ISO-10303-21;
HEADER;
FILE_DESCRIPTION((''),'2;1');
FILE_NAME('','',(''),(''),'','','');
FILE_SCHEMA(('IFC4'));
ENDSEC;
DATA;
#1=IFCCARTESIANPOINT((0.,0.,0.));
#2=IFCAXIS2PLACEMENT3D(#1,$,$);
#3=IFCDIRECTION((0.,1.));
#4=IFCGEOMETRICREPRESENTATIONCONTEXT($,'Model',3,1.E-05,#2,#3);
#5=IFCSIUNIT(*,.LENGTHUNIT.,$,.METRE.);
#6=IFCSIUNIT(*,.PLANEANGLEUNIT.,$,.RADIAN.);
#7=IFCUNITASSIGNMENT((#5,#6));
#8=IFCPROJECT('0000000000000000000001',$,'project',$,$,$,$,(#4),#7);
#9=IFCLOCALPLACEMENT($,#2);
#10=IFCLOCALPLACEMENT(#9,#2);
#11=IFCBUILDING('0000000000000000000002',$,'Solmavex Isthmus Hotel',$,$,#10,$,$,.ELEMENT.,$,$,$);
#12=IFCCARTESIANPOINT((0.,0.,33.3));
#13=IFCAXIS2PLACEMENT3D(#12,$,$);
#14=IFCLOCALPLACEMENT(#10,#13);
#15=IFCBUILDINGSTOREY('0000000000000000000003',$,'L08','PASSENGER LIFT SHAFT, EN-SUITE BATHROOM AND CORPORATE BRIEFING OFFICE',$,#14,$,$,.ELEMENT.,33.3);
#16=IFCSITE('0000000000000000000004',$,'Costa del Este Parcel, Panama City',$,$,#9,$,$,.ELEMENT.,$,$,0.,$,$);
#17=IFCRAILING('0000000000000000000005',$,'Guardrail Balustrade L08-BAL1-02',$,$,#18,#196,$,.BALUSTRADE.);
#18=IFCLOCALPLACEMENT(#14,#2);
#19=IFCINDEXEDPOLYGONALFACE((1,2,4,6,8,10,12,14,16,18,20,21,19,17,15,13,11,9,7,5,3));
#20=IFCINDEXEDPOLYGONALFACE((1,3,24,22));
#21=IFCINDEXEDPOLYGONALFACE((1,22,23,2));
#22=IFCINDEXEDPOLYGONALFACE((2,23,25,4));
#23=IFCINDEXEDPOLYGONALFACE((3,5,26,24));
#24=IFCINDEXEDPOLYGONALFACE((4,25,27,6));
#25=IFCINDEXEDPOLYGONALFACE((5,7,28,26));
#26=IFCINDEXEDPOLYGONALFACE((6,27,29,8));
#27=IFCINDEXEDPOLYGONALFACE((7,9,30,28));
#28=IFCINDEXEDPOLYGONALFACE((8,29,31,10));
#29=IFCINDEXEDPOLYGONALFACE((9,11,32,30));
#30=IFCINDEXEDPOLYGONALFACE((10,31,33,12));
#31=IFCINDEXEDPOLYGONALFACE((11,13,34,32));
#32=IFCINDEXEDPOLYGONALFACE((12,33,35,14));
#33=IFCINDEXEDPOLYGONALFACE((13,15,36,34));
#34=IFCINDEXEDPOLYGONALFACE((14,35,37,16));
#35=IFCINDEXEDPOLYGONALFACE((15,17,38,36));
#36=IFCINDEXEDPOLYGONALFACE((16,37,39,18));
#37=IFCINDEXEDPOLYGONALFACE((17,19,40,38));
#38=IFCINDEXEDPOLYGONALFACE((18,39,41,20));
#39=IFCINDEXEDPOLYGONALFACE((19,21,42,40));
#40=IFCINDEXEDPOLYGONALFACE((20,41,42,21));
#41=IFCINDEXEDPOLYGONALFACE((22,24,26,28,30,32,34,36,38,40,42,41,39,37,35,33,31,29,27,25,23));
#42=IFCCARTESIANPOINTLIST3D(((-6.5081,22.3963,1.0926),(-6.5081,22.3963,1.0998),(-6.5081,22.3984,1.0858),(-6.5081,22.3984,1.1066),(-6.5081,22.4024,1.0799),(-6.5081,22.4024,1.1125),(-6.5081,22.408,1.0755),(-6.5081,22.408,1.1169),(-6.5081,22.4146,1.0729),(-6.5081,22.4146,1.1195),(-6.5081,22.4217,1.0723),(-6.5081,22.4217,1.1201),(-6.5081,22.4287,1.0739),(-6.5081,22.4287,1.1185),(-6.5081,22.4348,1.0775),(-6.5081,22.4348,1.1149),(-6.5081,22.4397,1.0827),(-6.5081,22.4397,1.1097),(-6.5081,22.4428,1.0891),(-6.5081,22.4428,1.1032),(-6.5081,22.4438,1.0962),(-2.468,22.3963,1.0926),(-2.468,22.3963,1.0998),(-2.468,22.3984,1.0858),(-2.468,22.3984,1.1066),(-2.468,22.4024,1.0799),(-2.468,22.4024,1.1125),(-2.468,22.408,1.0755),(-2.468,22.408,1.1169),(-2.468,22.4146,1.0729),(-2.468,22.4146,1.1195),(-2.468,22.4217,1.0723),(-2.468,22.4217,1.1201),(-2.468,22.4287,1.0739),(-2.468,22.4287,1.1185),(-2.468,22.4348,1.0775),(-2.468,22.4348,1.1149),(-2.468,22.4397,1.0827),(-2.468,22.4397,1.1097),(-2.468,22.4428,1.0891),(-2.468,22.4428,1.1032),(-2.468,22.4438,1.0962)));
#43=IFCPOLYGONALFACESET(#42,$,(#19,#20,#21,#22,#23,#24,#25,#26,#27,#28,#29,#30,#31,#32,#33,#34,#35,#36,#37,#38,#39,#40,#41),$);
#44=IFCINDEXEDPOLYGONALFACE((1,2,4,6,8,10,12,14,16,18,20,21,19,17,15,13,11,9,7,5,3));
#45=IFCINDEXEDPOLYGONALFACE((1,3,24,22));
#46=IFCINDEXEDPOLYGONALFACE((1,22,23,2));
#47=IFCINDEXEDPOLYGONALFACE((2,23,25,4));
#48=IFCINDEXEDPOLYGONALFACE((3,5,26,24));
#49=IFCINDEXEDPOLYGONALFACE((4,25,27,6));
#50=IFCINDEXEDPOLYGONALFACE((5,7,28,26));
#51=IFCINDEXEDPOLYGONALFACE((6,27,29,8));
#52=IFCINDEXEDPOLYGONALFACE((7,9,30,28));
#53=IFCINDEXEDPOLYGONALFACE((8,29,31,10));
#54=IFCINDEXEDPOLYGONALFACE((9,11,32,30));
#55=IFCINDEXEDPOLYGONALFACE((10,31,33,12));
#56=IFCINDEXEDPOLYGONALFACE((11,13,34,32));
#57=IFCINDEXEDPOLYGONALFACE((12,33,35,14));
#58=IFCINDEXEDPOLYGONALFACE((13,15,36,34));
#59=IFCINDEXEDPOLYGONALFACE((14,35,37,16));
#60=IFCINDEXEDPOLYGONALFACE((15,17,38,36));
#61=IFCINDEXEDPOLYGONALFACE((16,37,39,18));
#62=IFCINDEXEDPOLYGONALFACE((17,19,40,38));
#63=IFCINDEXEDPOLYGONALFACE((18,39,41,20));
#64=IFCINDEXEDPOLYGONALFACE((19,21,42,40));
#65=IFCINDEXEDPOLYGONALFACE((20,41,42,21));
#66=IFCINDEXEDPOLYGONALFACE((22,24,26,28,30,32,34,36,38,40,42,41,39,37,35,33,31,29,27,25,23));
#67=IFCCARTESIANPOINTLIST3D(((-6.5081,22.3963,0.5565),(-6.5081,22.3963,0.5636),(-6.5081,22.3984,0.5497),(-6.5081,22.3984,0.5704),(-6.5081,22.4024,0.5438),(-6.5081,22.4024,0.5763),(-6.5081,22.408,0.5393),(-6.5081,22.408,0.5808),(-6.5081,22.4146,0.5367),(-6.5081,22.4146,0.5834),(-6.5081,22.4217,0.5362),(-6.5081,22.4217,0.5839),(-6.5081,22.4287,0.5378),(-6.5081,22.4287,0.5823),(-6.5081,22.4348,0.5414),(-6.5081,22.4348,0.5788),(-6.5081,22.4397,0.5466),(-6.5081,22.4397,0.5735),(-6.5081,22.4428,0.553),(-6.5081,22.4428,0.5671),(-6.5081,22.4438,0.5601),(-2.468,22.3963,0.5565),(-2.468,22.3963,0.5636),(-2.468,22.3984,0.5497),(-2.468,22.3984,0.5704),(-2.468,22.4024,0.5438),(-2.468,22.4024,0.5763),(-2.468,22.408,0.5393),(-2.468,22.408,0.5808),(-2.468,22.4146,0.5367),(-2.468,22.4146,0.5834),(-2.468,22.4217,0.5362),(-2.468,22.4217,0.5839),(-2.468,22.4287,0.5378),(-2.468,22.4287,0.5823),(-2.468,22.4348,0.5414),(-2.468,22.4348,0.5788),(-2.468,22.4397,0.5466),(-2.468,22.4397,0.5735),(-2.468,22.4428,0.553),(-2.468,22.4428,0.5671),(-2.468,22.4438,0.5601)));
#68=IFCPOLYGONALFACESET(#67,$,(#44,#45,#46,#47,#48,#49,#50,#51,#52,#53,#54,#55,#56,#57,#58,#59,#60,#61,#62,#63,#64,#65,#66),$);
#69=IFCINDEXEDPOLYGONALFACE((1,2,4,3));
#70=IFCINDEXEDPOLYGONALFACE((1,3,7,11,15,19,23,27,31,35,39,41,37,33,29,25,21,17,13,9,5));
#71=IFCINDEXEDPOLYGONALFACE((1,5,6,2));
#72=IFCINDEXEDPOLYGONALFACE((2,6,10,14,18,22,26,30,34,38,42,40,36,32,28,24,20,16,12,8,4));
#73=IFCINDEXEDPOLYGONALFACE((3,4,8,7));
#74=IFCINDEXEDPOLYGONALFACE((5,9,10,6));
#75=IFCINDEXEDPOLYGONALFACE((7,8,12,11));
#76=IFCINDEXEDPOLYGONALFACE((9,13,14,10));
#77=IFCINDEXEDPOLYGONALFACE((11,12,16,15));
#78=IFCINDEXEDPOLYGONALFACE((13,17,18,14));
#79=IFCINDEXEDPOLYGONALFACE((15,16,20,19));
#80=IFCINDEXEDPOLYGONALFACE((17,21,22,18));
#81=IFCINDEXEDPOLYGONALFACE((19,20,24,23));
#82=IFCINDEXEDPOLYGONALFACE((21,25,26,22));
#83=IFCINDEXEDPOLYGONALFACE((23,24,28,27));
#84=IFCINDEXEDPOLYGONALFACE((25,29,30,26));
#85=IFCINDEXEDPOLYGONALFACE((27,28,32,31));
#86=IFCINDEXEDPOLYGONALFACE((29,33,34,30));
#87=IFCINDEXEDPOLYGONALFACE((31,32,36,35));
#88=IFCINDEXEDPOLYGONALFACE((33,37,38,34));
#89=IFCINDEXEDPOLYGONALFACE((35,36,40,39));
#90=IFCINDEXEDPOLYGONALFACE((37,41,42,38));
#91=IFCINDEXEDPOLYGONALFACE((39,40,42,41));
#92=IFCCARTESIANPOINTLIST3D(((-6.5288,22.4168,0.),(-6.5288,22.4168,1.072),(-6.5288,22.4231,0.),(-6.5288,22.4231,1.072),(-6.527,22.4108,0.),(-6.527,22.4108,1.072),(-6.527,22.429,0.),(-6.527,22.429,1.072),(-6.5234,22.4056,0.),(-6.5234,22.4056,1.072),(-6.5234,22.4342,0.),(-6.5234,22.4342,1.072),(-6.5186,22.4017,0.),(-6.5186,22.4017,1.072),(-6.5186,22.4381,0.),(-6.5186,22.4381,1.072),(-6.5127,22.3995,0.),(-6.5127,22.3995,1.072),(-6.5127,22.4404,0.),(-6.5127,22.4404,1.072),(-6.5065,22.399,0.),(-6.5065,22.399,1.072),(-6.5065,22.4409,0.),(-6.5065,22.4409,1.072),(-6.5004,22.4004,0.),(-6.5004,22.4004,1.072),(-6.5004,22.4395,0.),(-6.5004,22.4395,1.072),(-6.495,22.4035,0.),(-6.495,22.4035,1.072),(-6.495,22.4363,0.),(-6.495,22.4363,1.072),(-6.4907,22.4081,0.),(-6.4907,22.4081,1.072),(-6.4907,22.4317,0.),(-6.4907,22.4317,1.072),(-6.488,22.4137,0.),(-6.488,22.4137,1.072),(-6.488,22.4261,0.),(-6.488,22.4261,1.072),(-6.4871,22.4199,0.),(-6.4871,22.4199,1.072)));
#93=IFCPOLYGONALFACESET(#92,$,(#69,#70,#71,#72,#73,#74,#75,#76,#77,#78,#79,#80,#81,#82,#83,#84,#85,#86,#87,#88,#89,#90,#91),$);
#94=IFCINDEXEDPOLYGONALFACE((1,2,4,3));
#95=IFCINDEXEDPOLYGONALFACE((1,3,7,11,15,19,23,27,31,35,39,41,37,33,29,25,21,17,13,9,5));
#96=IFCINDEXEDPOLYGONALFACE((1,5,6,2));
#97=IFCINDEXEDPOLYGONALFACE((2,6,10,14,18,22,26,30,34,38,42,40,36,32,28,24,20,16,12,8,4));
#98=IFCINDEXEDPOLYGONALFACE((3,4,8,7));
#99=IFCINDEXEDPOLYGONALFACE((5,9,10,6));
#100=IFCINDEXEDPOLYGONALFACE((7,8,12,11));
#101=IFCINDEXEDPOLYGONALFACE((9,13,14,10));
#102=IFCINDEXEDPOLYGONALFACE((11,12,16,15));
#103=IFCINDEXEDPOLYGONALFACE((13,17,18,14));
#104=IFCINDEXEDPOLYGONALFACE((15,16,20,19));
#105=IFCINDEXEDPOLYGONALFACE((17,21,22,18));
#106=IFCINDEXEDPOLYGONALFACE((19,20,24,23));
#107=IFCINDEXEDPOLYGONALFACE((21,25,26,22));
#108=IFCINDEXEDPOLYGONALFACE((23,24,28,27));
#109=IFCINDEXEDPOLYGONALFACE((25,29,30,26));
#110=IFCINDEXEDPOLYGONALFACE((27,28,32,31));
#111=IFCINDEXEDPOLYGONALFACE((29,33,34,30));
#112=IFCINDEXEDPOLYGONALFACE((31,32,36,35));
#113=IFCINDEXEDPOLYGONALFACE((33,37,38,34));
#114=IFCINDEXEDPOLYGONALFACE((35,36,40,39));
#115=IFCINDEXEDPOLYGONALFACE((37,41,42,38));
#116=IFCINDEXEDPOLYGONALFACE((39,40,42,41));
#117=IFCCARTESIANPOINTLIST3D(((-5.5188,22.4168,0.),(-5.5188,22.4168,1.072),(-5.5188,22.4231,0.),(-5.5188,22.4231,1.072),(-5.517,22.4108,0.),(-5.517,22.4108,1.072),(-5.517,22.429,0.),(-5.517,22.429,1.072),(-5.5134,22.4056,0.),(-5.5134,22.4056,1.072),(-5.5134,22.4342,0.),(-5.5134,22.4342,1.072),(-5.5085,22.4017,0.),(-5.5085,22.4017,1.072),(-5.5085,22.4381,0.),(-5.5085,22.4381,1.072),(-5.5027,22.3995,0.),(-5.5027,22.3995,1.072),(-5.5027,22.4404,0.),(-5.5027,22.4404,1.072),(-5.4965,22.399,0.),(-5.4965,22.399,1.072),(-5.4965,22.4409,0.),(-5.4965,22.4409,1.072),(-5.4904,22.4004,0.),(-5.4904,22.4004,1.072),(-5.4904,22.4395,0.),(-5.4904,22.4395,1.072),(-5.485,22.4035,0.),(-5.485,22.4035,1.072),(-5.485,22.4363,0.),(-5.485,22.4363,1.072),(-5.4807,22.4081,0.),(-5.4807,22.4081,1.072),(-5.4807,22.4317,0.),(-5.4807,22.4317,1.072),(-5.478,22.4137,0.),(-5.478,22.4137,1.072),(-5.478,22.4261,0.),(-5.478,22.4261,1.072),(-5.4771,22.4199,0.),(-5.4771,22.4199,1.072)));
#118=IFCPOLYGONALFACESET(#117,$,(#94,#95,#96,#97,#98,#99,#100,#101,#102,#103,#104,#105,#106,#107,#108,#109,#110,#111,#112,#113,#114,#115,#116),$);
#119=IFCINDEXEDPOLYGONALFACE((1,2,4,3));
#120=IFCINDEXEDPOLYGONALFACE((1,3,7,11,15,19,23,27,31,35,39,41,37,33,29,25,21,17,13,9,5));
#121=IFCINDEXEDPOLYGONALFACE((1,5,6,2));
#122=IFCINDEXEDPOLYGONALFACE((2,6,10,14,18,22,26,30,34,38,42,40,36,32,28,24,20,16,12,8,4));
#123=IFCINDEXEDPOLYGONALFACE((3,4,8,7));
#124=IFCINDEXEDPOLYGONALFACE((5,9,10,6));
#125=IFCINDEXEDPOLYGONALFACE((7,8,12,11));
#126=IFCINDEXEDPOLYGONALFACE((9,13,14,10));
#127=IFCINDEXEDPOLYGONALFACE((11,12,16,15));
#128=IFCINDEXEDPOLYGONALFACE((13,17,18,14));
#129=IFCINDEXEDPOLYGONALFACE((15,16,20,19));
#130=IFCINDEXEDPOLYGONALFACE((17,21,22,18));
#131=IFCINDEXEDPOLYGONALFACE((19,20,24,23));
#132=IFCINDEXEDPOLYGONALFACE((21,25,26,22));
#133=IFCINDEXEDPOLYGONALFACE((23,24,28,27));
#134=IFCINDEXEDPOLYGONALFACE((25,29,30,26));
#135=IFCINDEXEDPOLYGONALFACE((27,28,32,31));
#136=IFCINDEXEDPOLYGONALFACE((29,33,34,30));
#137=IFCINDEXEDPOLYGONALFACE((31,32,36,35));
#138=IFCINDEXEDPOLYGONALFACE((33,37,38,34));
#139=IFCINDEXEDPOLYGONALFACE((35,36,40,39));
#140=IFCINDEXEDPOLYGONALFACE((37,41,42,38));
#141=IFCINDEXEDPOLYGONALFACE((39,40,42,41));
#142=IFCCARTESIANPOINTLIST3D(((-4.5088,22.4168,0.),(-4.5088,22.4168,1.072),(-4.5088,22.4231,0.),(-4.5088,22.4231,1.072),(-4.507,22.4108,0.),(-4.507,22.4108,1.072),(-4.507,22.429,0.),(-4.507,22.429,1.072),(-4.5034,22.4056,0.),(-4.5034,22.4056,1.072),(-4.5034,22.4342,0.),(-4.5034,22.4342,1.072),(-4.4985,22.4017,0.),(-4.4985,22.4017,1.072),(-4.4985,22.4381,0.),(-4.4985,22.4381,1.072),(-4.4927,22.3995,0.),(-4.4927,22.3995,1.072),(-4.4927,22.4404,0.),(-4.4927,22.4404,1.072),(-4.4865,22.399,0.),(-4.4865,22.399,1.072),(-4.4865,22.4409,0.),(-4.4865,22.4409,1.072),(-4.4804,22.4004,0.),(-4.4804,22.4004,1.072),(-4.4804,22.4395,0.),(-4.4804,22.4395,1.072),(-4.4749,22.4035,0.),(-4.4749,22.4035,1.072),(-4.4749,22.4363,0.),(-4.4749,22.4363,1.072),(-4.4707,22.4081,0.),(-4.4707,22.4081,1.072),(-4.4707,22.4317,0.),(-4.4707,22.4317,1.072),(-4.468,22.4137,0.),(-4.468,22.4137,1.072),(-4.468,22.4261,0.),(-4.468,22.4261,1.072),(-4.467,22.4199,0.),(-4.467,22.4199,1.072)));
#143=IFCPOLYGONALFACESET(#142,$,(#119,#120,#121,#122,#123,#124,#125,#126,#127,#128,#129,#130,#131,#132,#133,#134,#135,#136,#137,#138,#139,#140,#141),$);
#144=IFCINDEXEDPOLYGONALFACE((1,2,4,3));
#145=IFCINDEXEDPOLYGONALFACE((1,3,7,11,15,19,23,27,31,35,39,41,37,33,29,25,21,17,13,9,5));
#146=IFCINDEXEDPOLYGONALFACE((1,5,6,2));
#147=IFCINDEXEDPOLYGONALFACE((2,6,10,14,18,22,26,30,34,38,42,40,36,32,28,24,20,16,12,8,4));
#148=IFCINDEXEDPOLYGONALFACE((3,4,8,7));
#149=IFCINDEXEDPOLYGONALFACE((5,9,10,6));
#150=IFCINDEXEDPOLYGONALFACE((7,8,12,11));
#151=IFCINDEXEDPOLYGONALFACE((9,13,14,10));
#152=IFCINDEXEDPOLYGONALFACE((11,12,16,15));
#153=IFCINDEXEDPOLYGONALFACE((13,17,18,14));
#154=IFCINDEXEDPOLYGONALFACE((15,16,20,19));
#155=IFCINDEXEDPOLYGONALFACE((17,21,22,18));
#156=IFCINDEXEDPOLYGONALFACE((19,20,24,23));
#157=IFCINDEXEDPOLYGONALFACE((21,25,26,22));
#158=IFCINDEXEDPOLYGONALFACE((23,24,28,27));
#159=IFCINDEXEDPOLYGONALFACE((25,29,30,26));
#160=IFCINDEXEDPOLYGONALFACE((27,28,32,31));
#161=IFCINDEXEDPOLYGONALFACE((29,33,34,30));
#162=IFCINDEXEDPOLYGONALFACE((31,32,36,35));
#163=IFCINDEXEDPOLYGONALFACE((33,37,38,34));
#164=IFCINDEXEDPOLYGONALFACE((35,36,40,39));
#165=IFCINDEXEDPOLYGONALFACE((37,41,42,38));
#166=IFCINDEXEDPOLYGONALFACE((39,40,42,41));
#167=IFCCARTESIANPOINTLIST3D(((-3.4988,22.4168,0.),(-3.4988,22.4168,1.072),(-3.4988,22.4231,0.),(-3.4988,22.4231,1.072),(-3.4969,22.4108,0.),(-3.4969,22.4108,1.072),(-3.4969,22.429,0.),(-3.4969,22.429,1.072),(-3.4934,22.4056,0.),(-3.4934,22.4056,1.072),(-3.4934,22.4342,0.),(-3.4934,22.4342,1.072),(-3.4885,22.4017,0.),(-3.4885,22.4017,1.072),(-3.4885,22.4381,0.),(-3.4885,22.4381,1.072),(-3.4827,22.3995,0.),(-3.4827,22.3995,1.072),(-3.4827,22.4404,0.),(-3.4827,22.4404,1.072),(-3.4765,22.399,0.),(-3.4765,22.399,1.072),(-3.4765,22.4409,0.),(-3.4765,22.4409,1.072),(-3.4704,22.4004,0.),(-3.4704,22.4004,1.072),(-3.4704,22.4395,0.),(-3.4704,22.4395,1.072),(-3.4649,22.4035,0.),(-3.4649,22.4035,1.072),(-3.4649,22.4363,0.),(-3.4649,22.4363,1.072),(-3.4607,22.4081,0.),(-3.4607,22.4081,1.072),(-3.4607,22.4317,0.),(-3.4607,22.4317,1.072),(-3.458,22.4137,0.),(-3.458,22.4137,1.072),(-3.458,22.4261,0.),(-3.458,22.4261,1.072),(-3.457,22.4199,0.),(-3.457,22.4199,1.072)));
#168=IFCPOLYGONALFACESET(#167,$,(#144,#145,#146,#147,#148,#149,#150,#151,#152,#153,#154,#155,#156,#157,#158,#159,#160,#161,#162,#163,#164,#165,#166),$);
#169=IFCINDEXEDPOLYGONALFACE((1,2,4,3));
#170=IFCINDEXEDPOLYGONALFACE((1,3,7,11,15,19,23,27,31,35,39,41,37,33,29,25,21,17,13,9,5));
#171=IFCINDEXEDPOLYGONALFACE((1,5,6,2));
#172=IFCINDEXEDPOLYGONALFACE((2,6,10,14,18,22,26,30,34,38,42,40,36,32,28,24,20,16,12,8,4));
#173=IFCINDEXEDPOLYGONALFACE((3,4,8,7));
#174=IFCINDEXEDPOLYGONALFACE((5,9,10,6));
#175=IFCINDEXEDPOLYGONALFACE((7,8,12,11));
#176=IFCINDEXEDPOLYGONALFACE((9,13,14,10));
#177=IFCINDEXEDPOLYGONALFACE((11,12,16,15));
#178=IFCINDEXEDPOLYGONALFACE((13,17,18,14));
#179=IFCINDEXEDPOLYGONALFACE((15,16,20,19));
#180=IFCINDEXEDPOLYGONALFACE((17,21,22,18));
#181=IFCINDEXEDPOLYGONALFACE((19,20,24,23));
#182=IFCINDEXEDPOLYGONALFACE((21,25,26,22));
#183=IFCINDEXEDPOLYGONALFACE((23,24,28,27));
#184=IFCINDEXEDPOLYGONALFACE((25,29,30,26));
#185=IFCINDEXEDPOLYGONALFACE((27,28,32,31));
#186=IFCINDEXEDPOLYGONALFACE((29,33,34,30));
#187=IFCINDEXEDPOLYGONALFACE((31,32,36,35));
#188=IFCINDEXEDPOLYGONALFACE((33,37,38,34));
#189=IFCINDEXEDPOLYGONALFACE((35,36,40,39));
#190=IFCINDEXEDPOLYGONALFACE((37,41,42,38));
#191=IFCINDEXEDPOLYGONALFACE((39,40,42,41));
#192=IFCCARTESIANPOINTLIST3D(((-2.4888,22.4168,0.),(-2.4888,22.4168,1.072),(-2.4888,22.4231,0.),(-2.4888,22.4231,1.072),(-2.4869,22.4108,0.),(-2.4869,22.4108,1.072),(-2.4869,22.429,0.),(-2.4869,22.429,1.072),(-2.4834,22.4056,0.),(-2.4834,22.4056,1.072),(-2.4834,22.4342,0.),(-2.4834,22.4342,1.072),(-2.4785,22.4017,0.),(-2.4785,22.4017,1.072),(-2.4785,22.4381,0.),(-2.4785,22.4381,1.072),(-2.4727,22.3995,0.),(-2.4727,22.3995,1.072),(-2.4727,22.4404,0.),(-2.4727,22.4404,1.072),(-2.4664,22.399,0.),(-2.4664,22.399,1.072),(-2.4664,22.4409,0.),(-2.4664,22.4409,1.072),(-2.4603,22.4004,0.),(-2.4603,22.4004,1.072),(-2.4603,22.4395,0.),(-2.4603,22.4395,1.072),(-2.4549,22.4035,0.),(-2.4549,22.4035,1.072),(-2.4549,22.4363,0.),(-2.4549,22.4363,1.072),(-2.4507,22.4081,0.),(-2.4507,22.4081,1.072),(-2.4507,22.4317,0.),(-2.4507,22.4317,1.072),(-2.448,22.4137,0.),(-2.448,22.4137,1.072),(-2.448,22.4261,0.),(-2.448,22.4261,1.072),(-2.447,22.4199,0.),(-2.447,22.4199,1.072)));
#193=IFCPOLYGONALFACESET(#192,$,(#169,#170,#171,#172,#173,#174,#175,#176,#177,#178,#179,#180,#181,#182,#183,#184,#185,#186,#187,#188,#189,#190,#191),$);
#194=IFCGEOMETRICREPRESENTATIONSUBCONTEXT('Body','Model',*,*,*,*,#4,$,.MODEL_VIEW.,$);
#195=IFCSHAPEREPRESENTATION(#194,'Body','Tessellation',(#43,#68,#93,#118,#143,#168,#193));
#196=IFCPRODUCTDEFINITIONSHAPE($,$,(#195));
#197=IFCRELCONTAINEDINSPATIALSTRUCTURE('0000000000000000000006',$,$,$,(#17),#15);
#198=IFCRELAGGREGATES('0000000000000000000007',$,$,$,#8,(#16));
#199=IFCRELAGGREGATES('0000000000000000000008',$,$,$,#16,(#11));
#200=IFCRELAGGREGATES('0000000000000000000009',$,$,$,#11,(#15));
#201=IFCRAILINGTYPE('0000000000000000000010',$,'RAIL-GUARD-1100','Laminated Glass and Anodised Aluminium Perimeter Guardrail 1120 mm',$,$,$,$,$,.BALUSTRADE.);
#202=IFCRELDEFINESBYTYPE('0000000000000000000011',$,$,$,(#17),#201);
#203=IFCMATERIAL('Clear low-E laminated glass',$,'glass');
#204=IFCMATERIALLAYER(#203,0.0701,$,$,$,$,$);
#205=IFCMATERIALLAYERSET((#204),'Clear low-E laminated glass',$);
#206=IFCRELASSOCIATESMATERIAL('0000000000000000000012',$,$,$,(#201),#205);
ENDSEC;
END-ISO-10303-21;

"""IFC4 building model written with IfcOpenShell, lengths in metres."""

from ifc_helpers import new_model, si_unit, direction, frame, origin, origin_2d, place, context, subcontext, project, spatial, circle, extrude, material, layer, layer_set, type_object, element, save


model = new_model("IFC4")

# Units and contexts
model_context = context("Model", 3, precision=1e-05, world=origin(), true_north=direction((0.0, 1.0)))
body_context = subcontext(model_context, "Body", "Model", "MODEL_VIEW")
ifc_project = project(units=[si_unit("LENGTHUNIT", "METRE"), si_unit("PLANEANGLEUNIT", "RADIAN")], contexts=[model_context])

# Site, building, storey
site_placement = place(None, origin())
site = spatial("IfcSite", under=ifc_project, at=site_placement, Name="Costa del Este Parcel, Panama City", CompositionType="ELEMENT", RefElevation=0.0)
building_placement = place(site_placement, origin())
building = spatial("IfcBuilding", under=site, at=building_placement, Name="Solmavex Isthmus Hotel", CompositionType="ELEMENT")
storey_placement = place(building_placement, frame((0.0, 0.0, 33.3)))
storey = spatial("IfcBuildingStorey", under=building, at=storey_placement, Name="L08", Description="PASSENGER LIFT SHAFT, EN-SUITE BATHROOM AND CORPORATE BRIEFING OFFICE", CompositionType="ELEMENT", Elevation=33.3)

# Shared definitions
ifc_material_1 = material(Name="Clear low-E laminated glass", Category="glass")

# Railing
ifc_layer_1 = layer(ifc_material_1, 0.0701)
ifc_layer_set_1 = layer_set([ifc_layer_1], Name="Clear low-E laminated glass")
railing_type = type_object("IfcRailingType", Name="RAIL-GUARD-1100", Description="Laminated Glass and Anodised Aluminium Perimeter Guardrail 1120 mm", PredefinedType="BALUSTRADE", material=ifc_layer_set_1)
railing_1_placement = place(storey_placement, frame((-6.5081, 22.4199, 0.0)))
element("IfcRailing", 1, at=railing_1_placement, inside=storey, type_object=railing_type, Name="Guardrail Balustrade L08-BAL1-02", PredefinedType="BALUSTRADE", context=body_context, shape_type="SweptSolid", body=[
    extrude(circle(Radius=0.0239, at=origin_2d()), frame((0.0, 0.0, 1.0962), z_axis=(1.0, 0.0, 0.0), x_axis=(0.0, 1.0, 0.0)), (0.0, 0.0, 1.0), 4.04),
    extrude(circle(Radius=0.0239, at=origin_2d()), frame((0.0, 0.0, 0.5601), z_axis=(1.0, 0.0, 0.0), x_axis=(0.0, 1.0, 0.0)), (0.0, 0.0, 1.0), 4.04),
    extrude(circle(Radius=0.021, at=origin_2d()), origin(), (0.0, 0.0, 1.0), 1.072),
    extrude(circle(Radius=0.021, at=origin_2d()), frame((1.01, 0.0, 0.0)), (0.0, 0.0, 1.0), 1.072),
    extrude(circle(Radius=0.021, at=origin_2d()), frame((2.02, 0.0, 0.0)), (0.0, 0.0, 1.0), 1.072),
    extrude(circle(Radius=0.021, at=origin_2d()), frame((3.03, 0.0, 0.0)), (0.0, 0.0, 1.0), 1.072),
    extrude(circle(Radius=0.021, at=origin_2d()), frame((4.04, 0.0, 0.0)), (0.0, 0.0, 1.0), 1.072),
])

save(model, "model.ifc")
